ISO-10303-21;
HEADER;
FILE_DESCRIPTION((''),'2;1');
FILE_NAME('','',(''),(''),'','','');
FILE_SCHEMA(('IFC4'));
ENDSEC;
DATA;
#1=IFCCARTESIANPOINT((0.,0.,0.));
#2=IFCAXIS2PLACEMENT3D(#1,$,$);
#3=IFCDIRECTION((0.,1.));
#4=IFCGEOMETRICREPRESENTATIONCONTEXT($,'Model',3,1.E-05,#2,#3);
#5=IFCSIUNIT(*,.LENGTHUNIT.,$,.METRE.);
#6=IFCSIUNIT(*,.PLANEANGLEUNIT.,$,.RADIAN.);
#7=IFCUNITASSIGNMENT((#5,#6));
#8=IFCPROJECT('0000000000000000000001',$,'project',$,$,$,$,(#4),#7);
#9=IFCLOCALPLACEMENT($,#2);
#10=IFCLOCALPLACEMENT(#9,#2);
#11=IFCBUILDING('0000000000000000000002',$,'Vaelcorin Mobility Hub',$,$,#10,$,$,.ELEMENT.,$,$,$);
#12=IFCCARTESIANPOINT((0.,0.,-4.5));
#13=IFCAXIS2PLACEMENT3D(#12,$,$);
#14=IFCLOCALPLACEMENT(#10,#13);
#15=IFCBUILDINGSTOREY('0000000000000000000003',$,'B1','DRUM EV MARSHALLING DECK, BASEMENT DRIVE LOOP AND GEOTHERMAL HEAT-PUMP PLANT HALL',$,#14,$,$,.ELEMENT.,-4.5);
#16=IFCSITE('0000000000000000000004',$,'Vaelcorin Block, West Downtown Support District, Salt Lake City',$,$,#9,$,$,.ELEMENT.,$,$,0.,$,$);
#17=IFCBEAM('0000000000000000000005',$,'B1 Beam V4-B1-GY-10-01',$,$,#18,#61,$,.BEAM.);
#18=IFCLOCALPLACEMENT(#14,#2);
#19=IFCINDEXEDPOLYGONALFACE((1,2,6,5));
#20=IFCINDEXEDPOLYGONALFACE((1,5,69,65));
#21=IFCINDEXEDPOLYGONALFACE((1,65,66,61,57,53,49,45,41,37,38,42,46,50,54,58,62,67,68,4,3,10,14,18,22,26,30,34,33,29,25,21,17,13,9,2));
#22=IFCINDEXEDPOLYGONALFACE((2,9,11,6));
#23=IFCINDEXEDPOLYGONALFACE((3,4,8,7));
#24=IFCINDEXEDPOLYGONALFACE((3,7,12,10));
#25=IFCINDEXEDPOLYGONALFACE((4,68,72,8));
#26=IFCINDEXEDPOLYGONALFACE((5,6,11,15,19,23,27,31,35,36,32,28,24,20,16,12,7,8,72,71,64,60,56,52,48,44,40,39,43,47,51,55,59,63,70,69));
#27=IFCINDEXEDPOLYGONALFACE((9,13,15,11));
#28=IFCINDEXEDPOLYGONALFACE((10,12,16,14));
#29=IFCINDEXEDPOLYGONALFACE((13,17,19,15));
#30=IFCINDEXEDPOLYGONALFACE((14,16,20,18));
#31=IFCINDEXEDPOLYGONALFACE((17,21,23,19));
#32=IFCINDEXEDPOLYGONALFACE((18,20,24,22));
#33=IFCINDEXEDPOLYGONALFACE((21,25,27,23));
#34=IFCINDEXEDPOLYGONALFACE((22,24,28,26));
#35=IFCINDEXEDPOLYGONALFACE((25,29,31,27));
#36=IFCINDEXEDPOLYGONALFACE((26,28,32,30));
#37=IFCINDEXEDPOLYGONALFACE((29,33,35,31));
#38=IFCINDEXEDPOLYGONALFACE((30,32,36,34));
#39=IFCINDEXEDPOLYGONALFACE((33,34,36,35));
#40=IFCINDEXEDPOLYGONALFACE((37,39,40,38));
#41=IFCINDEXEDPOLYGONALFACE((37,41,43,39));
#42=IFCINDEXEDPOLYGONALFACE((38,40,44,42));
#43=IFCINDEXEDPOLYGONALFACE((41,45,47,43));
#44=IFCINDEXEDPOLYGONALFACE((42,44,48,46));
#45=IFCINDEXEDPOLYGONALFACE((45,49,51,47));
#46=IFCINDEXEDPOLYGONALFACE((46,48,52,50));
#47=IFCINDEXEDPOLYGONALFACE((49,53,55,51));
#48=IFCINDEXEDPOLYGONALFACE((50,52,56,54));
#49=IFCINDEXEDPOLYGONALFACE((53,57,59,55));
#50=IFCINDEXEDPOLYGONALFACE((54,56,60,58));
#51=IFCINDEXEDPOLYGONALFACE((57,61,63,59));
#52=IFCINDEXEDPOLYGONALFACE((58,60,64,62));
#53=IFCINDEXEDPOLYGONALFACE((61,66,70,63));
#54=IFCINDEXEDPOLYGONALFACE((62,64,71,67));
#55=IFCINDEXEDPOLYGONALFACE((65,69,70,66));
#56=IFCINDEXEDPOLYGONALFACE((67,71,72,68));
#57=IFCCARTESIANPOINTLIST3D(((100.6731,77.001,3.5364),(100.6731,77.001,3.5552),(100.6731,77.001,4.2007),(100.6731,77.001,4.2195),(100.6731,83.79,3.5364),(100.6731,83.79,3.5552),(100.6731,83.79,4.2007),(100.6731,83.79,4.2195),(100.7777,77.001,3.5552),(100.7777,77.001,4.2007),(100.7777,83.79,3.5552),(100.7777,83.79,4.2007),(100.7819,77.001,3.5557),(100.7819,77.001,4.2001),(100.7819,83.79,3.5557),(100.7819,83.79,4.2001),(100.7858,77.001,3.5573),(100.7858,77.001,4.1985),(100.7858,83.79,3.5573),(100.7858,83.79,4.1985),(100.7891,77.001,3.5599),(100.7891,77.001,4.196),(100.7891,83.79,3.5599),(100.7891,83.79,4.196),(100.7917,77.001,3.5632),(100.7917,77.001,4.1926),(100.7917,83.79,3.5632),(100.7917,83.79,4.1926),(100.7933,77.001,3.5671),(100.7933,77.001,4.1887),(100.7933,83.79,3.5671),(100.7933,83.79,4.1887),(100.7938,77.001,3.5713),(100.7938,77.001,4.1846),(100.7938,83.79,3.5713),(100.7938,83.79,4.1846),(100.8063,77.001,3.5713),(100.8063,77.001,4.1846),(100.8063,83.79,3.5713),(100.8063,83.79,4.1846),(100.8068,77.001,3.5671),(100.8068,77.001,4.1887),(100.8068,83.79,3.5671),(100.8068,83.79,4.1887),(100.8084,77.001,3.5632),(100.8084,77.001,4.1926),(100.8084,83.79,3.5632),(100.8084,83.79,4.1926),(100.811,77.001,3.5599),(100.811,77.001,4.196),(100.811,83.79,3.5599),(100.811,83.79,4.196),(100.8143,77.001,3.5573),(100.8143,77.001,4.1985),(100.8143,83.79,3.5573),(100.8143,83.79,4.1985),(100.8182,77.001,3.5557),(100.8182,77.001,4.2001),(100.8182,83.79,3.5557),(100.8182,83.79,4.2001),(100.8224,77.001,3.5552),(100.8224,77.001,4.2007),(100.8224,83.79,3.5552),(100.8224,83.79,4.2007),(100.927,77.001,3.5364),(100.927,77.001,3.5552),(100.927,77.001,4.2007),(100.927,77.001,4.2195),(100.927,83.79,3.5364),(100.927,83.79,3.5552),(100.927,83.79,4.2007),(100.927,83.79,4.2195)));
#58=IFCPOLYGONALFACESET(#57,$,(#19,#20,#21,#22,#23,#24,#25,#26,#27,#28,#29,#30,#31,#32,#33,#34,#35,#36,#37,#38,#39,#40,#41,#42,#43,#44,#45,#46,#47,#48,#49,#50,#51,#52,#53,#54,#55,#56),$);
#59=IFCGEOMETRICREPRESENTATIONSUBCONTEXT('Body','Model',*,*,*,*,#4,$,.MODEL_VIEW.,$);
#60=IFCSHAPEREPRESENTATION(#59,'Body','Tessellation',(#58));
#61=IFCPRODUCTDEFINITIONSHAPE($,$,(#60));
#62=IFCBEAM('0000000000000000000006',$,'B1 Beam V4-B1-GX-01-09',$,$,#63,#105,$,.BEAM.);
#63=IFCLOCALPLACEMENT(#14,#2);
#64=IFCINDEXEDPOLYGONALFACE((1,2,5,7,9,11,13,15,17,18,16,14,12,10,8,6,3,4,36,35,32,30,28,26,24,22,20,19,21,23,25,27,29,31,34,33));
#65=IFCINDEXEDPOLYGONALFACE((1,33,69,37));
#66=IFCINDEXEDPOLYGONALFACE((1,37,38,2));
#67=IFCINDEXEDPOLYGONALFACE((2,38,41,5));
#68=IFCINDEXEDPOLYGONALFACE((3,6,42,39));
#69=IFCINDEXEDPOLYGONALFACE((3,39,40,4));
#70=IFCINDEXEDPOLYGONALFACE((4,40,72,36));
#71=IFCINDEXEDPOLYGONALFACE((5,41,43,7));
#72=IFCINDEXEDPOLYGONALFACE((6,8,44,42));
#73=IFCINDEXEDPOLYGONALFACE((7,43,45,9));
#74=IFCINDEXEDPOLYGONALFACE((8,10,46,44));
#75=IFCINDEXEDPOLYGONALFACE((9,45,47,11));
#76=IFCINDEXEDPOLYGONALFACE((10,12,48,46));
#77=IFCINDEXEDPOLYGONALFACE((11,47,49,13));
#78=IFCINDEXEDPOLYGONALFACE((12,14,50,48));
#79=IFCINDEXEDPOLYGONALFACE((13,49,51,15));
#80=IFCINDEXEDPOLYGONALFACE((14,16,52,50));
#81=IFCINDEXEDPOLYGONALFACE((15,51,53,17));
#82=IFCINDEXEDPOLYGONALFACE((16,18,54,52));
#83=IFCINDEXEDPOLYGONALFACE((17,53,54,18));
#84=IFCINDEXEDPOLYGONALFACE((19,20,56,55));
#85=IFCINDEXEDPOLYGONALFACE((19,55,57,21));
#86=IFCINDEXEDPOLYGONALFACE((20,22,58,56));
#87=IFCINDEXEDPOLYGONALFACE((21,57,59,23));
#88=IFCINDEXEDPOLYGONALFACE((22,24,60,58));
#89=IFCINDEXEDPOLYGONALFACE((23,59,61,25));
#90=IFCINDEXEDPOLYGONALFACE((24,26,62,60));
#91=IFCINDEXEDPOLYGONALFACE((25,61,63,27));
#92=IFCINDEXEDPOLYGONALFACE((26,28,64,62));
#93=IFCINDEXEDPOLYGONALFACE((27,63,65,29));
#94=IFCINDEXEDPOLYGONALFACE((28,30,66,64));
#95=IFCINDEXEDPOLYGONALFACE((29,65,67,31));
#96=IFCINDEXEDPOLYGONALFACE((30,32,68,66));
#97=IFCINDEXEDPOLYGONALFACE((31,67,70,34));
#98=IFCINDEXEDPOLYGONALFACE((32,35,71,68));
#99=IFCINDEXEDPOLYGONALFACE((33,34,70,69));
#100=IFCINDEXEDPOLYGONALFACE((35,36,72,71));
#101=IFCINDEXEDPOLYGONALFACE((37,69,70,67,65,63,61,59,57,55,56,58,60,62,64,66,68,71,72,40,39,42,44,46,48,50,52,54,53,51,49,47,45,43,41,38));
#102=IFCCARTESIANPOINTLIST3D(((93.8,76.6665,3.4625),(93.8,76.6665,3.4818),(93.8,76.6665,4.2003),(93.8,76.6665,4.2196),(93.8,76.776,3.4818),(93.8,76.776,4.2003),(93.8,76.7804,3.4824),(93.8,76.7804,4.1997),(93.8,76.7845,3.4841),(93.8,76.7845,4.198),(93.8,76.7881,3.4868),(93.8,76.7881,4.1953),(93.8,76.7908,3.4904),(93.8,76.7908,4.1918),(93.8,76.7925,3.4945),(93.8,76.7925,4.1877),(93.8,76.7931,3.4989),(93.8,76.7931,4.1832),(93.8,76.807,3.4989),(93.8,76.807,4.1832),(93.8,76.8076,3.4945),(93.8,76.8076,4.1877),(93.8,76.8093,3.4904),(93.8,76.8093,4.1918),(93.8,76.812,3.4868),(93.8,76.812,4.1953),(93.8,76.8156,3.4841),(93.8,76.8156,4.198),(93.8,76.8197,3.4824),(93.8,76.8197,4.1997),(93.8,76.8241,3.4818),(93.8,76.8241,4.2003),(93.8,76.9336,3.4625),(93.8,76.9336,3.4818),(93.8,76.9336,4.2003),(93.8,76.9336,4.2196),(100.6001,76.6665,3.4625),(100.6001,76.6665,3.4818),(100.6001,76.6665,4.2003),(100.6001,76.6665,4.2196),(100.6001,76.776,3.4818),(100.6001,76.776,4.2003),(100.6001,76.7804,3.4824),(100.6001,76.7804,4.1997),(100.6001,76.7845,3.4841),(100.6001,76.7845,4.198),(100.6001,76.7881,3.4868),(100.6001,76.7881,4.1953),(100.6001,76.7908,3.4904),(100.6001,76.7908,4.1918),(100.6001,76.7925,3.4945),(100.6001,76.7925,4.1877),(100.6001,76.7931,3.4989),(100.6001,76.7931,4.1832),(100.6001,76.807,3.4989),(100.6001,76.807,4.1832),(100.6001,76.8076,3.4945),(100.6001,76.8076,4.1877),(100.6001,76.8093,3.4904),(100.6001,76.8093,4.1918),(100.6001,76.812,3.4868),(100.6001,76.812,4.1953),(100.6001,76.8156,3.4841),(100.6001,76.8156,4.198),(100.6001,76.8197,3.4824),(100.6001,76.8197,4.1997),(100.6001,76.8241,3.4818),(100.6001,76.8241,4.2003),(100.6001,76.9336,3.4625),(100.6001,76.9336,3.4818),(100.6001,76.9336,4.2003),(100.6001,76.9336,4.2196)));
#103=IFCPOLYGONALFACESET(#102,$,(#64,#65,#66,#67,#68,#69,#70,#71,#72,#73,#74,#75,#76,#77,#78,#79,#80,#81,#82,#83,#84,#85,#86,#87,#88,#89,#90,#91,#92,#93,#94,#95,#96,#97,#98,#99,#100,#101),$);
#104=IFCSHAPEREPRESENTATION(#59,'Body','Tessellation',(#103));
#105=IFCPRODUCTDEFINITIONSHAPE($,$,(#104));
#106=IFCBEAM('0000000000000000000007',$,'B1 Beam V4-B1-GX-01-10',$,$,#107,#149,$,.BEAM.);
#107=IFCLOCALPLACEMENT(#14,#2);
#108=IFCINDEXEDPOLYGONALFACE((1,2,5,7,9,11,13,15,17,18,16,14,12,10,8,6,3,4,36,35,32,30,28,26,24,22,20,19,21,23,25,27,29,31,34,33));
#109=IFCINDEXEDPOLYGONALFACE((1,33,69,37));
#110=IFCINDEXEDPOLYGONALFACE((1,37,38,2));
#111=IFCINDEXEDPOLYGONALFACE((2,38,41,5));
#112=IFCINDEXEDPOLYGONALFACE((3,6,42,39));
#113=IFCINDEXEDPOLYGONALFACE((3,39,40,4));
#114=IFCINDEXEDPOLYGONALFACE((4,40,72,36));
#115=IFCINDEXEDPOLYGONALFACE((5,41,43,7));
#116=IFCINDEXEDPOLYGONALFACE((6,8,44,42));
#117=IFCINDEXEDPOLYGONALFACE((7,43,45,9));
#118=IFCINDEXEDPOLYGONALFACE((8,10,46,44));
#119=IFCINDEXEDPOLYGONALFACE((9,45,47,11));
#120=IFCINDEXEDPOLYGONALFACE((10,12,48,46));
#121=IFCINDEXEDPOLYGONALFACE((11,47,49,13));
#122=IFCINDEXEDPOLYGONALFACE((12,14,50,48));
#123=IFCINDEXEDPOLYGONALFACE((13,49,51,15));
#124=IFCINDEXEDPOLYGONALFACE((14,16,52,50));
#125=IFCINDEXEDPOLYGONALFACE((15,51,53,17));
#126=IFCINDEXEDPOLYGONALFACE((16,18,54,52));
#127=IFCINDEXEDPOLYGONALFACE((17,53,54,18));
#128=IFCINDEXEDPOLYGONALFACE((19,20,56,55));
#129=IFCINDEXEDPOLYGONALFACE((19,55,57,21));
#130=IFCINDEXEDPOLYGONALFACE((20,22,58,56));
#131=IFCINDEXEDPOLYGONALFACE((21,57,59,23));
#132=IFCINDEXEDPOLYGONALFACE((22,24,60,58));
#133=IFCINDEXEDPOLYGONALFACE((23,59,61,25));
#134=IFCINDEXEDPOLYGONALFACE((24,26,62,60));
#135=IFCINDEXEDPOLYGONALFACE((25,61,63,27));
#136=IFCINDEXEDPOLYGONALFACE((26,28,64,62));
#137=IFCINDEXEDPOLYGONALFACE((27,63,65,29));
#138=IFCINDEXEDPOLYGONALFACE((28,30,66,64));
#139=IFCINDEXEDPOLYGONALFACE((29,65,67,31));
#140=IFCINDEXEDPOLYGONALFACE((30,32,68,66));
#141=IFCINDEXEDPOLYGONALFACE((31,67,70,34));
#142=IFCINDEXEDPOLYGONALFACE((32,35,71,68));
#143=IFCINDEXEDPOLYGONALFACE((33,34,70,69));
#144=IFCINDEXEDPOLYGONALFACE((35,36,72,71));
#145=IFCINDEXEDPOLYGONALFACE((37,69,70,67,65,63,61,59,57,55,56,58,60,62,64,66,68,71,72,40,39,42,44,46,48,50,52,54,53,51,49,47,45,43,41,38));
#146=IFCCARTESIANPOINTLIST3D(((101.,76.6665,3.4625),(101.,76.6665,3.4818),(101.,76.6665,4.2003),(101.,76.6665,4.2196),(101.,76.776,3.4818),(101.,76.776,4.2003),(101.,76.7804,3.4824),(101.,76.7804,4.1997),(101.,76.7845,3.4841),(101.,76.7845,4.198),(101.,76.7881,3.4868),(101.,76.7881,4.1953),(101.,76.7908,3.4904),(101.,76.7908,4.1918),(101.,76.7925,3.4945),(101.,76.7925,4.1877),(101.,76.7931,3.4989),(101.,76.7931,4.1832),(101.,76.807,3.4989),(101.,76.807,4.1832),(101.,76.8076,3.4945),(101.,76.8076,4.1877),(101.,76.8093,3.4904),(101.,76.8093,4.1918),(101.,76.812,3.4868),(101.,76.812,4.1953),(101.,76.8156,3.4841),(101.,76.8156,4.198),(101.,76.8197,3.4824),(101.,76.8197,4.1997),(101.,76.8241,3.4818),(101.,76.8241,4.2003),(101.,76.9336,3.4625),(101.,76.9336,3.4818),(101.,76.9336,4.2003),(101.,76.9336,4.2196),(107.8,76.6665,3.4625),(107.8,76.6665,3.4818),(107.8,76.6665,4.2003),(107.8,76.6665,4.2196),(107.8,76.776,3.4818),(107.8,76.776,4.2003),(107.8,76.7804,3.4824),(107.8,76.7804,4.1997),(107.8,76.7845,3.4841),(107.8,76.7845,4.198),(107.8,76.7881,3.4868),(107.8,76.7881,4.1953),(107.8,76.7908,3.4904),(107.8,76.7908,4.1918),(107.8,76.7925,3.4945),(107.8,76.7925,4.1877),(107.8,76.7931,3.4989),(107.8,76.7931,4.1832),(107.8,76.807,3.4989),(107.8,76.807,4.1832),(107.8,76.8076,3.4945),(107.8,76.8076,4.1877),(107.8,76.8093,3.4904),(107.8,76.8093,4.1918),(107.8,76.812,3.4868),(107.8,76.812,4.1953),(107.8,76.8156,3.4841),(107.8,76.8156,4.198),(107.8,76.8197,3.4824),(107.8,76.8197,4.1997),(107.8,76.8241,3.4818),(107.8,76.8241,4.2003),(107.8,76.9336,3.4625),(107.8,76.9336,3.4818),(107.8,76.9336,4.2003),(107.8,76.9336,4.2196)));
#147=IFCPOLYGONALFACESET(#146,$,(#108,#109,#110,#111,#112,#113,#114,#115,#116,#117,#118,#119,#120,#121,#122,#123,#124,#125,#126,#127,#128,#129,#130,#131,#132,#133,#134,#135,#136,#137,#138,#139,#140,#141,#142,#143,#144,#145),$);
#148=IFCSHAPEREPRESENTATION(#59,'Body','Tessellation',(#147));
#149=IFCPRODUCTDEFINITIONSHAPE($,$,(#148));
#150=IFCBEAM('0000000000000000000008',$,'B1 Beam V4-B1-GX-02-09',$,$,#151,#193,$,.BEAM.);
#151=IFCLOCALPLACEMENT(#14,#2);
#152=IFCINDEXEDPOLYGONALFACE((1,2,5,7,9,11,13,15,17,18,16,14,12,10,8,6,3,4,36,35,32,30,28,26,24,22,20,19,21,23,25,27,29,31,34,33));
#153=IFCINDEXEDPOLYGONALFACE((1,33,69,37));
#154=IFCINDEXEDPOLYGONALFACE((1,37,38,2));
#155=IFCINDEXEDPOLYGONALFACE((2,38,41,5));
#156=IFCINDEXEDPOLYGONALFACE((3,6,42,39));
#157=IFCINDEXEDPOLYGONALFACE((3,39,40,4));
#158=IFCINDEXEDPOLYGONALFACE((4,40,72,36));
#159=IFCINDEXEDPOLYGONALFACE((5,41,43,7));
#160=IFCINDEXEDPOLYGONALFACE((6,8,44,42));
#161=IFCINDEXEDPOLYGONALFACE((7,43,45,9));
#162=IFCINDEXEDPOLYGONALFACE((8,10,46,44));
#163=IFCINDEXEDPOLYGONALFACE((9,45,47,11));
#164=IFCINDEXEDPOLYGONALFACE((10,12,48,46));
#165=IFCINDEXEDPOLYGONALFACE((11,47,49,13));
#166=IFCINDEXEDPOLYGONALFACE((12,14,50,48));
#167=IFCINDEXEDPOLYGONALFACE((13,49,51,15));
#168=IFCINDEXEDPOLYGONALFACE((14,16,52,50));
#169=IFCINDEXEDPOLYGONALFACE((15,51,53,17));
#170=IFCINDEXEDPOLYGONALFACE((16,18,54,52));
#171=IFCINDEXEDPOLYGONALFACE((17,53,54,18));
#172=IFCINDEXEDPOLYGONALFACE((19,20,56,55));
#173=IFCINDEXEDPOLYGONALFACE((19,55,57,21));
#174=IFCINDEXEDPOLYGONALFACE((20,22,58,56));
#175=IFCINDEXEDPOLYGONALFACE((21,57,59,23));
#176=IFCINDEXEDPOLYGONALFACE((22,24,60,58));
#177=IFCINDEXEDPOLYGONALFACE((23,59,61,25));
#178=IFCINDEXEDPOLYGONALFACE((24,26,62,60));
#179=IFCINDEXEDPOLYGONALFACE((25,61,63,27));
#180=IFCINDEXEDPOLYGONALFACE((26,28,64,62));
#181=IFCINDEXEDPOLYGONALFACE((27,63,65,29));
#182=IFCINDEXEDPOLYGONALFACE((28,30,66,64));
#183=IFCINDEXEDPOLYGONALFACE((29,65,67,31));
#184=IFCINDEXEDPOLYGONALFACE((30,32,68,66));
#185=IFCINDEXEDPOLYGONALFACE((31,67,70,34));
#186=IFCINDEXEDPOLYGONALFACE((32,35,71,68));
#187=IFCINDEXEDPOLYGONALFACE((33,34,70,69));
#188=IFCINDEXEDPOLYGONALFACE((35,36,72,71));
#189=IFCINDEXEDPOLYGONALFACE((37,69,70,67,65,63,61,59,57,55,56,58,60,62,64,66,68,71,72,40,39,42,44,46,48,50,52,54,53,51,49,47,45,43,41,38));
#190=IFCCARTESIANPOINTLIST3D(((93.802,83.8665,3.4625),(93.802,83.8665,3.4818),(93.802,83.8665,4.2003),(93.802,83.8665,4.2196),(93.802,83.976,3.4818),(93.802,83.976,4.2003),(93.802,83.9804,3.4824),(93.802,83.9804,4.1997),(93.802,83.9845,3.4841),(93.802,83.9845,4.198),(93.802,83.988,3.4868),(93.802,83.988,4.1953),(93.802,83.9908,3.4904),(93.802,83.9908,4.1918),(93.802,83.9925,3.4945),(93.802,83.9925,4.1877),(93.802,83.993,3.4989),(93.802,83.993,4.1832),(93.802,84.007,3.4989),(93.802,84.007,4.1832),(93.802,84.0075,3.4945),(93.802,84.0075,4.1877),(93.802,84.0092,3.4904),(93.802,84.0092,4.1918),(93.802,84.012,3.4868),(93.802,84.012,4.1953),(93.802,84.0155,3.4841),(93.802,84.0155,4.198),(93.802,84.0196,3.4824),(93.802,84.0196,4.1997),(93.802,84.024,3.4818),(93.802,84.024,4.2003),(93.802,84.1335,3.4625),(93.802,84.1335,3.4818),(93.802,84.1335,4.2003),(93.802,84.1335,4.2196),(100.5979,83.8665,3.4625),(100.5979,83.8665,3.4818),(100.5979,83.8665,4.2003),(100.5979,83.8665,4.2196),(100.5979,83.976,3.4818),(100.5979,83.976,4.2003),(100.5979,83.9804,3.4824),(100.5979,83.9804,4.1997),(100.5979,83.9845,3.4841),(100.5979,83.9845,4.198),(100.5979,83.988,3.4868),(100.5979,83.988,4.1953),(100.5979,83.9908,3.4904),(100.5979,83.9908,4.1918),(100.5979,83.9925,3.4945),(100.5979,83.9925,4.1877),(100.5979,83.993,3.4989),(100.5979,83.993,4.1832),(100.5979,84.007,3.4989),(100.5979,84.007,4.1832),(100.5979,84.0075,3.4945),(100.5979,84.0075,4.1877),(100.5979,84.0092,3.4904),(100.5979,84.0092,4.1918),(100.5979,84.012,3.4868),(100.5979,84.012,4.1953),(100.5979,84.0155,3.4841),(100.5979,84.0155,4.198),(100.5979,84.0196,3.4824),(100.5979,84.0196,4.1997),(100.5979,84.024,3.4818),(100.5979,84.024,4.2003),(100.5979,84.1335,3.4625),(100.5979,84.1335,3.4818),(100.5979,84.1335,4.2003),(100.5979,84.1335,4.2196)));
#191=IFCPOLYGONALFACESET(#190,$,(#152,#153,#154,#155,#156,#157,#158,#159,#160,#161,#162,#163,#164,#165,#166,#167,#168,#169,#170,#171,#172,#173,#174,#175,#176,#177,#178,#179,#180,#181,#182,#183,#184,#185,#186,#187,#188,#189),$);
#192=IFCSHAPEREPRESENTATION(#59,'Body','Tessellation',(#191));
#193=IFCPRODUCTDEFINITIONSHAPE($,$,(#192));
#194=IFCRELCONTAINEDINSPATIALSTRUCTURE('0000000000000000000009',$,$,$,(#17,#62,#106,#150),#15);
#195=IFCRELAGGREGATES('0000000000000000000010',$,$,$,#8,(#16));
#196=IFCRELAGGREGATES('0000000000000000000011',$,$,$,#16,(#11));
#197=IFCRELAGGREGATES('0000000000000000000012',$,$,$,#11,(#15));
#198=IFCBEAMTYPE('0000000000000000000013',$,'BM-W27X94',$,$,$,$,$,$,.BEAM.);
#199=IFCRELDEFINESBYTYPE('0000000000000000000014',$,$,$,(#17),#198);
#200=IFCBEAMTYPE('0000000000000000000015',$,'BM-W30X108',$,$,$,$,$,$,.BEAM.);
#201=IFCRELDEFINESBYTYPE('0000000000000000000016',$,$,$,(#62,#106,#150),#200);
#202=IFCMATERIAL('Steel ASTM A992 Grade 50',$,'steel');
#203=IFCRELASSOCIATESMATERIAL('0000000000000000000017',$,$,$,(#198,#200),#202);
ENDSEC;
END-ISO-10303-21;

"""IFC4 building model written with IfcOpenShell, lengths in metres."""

from ifc_helpers import new_model, si_unit, direction, frame, origin, origin_2d, place, context, subcontext, project, spatial, i_section, extrude, material, material_profile, profile_set, type_object, element, save


model = new_model("IFC4")

# Units and contexts
model_context = context("Model", 3, precision=1e-05, world=origin(), true_north=direction((0.0, 1.0)))
body_context = subcontext(model_context, "Body", "Model", "MODEL_VIEW")
ifc_project = project(units=[si_unit("LENGTHUNIT", "METRE"), si_unit("PLANEANGLEUNIT", "RADIAN")], contexts=[model_context])

# Site, building, storey
site_placement = place(None, origin())
site = spatial("IfcSite", under=ifc_project, at=site_placement, Name="Vaelcorin Block, West Downtown Support District, Salt Lake City", CompositionType="ELEMENT", RefElevation=0.0)
building_placement = place(site_placement, origin())
building = spatial("IfcBuilding", under=site, at=building_placement, Name="Vaelcorin Mobility Hub", CompositionType="ELEMENT")
storey_placement = place(building_placement, frame((0.0, 0.0, -4.5)))
storey = spatial("IfcBuildingStorey", under=building, at=storey_placement, Name="B1", Description="DRUM EV MARSHALLING DECK, BASEMENT DRIVE LOOP AND GEOTHERMAL HEAT-PUMP PLANT HALL", CompositionType="ELEMENT", Elevation=-4.5)

# Shared definitions
ifc_material_1 = material(Name="Steel ASTM A992 Grade 50", Category="steel")

# Beams
ifc_material_profile_1 = material_profile(ifc_material_1, i_section(OverallWidth=0.2539, OverallDepth=0.6831, WebThickness=0.0125, FlangeThickness=0.0188, FilletRadius=0.0161, at=origin_2d()), Name="W27X94")
ifc_profile_set_1 = profile_set([ifc_material_profile_1], Name="Steel ASTM A992 Grade 50")
beam_type_1 = type_object("IfcBeamType", Name="BM-W27X94", PredefinedType="BEAM", material=ifc_profile_set_1)
for number, where, z_axis, x_axis, name in (
    (1, (100.8, 77.001, 3.8779), (0.0, 1.0, 0.0), (-1.0, 0.0, 0.0), "B1 Beam V4-B1-GY-10-01"),
):
    element("IfcBeam", number, at=place(storey_placement, frame(where, z_axis=z_axis, x_axis=x_axis)), inside=storey, type_object=beam_type_1, Name=name, PredefinedType="BEAM", context=body_context, shape_type="SweptSolid", body=[
        extrude(i_section(OverallWidth=0.2539, OverallDepth=0.6831, WebThickness=0.0125, FlangeThickness=0.0188, FilletRadius=0.0161, at=origin_2d()), origin(), (0.0, 0.0, 1.0), 6.7891),
    ])
ifc_material_profile_2 = material_profile(ifc_material_1, i_section(OverallWidth=0.2671, OverallDepth=0.7571, WebThickness=0.0139, FlangeThickness=0.0193, FilletRadius=0.0171, at=origin_2d()), Name="W30X108")
ifc_profile_set_2 = profile_set([ifc_material_profile_2], Name="Steel ASTM A992 Grade 50")
beam_type_2 = type_object("IfcBeamType", Name="BM-W30X108", PredefinedType="BEAM", material=ifc_profile_set_2)
for number, where, z_axis, x_axis, name in (
    (2, (93.8, 76.8, 3.8411), (1.0, 0.0, 0.0), (0.0, 1.0, 0.0), "B1 Beam V4-B1-GX-01-09"),
    (3, (101.0, 76.8, 3.8411), (1.0, 0.0, 0.0), (0.0, 1.0, 0.0), "B1 Beam V4-B1-GX-01-10"),
):
    element("IfcBeam", number, at=place(storey_placement, frame(where, z_axis=z_axis, x_axis=x_axis)), inside=storey, type_object=beam_type_2, Name=name, PredefinedType="BEAM", context=body_context, shape_type="SweptSolid", body=[
        extrude(i_section(OverallWidth=0.2671, OverallDepth=0.7571, WebThickness=0.0139, FlangeThickness=0.0193, FilletRadius=0.0171, at=origin_2d()), origin(), (0.0, 0.0, 1.0), 6.8),
    ])
beam_1_placement = place(storey_placement, frame((93.802, 84.0, 3.8411), z_axis=(1.0, 0.0, 0.0), x_axis=(0.0, 1.0, 0.0)))
element("IfcBeam", 4, at=beam_1_placement, inside=storey, type_object=beam_type_2, Name="B1 Beam V4-B1-GX-02-09", PredefinedType="BEAM", context=body_context, shape_type="SweptSolid", body=[
    extrude(i_section(OverallWidth=0.2671, OverallDepth=0.7571, WebThickness=0.0139, FlangeThickness=0.0193, FilletRadius=0.0171, at=origin_2d()), origin(), (0.0, 0.0, 1.0), 6.7959),
])

save(model, "model.ifc")
